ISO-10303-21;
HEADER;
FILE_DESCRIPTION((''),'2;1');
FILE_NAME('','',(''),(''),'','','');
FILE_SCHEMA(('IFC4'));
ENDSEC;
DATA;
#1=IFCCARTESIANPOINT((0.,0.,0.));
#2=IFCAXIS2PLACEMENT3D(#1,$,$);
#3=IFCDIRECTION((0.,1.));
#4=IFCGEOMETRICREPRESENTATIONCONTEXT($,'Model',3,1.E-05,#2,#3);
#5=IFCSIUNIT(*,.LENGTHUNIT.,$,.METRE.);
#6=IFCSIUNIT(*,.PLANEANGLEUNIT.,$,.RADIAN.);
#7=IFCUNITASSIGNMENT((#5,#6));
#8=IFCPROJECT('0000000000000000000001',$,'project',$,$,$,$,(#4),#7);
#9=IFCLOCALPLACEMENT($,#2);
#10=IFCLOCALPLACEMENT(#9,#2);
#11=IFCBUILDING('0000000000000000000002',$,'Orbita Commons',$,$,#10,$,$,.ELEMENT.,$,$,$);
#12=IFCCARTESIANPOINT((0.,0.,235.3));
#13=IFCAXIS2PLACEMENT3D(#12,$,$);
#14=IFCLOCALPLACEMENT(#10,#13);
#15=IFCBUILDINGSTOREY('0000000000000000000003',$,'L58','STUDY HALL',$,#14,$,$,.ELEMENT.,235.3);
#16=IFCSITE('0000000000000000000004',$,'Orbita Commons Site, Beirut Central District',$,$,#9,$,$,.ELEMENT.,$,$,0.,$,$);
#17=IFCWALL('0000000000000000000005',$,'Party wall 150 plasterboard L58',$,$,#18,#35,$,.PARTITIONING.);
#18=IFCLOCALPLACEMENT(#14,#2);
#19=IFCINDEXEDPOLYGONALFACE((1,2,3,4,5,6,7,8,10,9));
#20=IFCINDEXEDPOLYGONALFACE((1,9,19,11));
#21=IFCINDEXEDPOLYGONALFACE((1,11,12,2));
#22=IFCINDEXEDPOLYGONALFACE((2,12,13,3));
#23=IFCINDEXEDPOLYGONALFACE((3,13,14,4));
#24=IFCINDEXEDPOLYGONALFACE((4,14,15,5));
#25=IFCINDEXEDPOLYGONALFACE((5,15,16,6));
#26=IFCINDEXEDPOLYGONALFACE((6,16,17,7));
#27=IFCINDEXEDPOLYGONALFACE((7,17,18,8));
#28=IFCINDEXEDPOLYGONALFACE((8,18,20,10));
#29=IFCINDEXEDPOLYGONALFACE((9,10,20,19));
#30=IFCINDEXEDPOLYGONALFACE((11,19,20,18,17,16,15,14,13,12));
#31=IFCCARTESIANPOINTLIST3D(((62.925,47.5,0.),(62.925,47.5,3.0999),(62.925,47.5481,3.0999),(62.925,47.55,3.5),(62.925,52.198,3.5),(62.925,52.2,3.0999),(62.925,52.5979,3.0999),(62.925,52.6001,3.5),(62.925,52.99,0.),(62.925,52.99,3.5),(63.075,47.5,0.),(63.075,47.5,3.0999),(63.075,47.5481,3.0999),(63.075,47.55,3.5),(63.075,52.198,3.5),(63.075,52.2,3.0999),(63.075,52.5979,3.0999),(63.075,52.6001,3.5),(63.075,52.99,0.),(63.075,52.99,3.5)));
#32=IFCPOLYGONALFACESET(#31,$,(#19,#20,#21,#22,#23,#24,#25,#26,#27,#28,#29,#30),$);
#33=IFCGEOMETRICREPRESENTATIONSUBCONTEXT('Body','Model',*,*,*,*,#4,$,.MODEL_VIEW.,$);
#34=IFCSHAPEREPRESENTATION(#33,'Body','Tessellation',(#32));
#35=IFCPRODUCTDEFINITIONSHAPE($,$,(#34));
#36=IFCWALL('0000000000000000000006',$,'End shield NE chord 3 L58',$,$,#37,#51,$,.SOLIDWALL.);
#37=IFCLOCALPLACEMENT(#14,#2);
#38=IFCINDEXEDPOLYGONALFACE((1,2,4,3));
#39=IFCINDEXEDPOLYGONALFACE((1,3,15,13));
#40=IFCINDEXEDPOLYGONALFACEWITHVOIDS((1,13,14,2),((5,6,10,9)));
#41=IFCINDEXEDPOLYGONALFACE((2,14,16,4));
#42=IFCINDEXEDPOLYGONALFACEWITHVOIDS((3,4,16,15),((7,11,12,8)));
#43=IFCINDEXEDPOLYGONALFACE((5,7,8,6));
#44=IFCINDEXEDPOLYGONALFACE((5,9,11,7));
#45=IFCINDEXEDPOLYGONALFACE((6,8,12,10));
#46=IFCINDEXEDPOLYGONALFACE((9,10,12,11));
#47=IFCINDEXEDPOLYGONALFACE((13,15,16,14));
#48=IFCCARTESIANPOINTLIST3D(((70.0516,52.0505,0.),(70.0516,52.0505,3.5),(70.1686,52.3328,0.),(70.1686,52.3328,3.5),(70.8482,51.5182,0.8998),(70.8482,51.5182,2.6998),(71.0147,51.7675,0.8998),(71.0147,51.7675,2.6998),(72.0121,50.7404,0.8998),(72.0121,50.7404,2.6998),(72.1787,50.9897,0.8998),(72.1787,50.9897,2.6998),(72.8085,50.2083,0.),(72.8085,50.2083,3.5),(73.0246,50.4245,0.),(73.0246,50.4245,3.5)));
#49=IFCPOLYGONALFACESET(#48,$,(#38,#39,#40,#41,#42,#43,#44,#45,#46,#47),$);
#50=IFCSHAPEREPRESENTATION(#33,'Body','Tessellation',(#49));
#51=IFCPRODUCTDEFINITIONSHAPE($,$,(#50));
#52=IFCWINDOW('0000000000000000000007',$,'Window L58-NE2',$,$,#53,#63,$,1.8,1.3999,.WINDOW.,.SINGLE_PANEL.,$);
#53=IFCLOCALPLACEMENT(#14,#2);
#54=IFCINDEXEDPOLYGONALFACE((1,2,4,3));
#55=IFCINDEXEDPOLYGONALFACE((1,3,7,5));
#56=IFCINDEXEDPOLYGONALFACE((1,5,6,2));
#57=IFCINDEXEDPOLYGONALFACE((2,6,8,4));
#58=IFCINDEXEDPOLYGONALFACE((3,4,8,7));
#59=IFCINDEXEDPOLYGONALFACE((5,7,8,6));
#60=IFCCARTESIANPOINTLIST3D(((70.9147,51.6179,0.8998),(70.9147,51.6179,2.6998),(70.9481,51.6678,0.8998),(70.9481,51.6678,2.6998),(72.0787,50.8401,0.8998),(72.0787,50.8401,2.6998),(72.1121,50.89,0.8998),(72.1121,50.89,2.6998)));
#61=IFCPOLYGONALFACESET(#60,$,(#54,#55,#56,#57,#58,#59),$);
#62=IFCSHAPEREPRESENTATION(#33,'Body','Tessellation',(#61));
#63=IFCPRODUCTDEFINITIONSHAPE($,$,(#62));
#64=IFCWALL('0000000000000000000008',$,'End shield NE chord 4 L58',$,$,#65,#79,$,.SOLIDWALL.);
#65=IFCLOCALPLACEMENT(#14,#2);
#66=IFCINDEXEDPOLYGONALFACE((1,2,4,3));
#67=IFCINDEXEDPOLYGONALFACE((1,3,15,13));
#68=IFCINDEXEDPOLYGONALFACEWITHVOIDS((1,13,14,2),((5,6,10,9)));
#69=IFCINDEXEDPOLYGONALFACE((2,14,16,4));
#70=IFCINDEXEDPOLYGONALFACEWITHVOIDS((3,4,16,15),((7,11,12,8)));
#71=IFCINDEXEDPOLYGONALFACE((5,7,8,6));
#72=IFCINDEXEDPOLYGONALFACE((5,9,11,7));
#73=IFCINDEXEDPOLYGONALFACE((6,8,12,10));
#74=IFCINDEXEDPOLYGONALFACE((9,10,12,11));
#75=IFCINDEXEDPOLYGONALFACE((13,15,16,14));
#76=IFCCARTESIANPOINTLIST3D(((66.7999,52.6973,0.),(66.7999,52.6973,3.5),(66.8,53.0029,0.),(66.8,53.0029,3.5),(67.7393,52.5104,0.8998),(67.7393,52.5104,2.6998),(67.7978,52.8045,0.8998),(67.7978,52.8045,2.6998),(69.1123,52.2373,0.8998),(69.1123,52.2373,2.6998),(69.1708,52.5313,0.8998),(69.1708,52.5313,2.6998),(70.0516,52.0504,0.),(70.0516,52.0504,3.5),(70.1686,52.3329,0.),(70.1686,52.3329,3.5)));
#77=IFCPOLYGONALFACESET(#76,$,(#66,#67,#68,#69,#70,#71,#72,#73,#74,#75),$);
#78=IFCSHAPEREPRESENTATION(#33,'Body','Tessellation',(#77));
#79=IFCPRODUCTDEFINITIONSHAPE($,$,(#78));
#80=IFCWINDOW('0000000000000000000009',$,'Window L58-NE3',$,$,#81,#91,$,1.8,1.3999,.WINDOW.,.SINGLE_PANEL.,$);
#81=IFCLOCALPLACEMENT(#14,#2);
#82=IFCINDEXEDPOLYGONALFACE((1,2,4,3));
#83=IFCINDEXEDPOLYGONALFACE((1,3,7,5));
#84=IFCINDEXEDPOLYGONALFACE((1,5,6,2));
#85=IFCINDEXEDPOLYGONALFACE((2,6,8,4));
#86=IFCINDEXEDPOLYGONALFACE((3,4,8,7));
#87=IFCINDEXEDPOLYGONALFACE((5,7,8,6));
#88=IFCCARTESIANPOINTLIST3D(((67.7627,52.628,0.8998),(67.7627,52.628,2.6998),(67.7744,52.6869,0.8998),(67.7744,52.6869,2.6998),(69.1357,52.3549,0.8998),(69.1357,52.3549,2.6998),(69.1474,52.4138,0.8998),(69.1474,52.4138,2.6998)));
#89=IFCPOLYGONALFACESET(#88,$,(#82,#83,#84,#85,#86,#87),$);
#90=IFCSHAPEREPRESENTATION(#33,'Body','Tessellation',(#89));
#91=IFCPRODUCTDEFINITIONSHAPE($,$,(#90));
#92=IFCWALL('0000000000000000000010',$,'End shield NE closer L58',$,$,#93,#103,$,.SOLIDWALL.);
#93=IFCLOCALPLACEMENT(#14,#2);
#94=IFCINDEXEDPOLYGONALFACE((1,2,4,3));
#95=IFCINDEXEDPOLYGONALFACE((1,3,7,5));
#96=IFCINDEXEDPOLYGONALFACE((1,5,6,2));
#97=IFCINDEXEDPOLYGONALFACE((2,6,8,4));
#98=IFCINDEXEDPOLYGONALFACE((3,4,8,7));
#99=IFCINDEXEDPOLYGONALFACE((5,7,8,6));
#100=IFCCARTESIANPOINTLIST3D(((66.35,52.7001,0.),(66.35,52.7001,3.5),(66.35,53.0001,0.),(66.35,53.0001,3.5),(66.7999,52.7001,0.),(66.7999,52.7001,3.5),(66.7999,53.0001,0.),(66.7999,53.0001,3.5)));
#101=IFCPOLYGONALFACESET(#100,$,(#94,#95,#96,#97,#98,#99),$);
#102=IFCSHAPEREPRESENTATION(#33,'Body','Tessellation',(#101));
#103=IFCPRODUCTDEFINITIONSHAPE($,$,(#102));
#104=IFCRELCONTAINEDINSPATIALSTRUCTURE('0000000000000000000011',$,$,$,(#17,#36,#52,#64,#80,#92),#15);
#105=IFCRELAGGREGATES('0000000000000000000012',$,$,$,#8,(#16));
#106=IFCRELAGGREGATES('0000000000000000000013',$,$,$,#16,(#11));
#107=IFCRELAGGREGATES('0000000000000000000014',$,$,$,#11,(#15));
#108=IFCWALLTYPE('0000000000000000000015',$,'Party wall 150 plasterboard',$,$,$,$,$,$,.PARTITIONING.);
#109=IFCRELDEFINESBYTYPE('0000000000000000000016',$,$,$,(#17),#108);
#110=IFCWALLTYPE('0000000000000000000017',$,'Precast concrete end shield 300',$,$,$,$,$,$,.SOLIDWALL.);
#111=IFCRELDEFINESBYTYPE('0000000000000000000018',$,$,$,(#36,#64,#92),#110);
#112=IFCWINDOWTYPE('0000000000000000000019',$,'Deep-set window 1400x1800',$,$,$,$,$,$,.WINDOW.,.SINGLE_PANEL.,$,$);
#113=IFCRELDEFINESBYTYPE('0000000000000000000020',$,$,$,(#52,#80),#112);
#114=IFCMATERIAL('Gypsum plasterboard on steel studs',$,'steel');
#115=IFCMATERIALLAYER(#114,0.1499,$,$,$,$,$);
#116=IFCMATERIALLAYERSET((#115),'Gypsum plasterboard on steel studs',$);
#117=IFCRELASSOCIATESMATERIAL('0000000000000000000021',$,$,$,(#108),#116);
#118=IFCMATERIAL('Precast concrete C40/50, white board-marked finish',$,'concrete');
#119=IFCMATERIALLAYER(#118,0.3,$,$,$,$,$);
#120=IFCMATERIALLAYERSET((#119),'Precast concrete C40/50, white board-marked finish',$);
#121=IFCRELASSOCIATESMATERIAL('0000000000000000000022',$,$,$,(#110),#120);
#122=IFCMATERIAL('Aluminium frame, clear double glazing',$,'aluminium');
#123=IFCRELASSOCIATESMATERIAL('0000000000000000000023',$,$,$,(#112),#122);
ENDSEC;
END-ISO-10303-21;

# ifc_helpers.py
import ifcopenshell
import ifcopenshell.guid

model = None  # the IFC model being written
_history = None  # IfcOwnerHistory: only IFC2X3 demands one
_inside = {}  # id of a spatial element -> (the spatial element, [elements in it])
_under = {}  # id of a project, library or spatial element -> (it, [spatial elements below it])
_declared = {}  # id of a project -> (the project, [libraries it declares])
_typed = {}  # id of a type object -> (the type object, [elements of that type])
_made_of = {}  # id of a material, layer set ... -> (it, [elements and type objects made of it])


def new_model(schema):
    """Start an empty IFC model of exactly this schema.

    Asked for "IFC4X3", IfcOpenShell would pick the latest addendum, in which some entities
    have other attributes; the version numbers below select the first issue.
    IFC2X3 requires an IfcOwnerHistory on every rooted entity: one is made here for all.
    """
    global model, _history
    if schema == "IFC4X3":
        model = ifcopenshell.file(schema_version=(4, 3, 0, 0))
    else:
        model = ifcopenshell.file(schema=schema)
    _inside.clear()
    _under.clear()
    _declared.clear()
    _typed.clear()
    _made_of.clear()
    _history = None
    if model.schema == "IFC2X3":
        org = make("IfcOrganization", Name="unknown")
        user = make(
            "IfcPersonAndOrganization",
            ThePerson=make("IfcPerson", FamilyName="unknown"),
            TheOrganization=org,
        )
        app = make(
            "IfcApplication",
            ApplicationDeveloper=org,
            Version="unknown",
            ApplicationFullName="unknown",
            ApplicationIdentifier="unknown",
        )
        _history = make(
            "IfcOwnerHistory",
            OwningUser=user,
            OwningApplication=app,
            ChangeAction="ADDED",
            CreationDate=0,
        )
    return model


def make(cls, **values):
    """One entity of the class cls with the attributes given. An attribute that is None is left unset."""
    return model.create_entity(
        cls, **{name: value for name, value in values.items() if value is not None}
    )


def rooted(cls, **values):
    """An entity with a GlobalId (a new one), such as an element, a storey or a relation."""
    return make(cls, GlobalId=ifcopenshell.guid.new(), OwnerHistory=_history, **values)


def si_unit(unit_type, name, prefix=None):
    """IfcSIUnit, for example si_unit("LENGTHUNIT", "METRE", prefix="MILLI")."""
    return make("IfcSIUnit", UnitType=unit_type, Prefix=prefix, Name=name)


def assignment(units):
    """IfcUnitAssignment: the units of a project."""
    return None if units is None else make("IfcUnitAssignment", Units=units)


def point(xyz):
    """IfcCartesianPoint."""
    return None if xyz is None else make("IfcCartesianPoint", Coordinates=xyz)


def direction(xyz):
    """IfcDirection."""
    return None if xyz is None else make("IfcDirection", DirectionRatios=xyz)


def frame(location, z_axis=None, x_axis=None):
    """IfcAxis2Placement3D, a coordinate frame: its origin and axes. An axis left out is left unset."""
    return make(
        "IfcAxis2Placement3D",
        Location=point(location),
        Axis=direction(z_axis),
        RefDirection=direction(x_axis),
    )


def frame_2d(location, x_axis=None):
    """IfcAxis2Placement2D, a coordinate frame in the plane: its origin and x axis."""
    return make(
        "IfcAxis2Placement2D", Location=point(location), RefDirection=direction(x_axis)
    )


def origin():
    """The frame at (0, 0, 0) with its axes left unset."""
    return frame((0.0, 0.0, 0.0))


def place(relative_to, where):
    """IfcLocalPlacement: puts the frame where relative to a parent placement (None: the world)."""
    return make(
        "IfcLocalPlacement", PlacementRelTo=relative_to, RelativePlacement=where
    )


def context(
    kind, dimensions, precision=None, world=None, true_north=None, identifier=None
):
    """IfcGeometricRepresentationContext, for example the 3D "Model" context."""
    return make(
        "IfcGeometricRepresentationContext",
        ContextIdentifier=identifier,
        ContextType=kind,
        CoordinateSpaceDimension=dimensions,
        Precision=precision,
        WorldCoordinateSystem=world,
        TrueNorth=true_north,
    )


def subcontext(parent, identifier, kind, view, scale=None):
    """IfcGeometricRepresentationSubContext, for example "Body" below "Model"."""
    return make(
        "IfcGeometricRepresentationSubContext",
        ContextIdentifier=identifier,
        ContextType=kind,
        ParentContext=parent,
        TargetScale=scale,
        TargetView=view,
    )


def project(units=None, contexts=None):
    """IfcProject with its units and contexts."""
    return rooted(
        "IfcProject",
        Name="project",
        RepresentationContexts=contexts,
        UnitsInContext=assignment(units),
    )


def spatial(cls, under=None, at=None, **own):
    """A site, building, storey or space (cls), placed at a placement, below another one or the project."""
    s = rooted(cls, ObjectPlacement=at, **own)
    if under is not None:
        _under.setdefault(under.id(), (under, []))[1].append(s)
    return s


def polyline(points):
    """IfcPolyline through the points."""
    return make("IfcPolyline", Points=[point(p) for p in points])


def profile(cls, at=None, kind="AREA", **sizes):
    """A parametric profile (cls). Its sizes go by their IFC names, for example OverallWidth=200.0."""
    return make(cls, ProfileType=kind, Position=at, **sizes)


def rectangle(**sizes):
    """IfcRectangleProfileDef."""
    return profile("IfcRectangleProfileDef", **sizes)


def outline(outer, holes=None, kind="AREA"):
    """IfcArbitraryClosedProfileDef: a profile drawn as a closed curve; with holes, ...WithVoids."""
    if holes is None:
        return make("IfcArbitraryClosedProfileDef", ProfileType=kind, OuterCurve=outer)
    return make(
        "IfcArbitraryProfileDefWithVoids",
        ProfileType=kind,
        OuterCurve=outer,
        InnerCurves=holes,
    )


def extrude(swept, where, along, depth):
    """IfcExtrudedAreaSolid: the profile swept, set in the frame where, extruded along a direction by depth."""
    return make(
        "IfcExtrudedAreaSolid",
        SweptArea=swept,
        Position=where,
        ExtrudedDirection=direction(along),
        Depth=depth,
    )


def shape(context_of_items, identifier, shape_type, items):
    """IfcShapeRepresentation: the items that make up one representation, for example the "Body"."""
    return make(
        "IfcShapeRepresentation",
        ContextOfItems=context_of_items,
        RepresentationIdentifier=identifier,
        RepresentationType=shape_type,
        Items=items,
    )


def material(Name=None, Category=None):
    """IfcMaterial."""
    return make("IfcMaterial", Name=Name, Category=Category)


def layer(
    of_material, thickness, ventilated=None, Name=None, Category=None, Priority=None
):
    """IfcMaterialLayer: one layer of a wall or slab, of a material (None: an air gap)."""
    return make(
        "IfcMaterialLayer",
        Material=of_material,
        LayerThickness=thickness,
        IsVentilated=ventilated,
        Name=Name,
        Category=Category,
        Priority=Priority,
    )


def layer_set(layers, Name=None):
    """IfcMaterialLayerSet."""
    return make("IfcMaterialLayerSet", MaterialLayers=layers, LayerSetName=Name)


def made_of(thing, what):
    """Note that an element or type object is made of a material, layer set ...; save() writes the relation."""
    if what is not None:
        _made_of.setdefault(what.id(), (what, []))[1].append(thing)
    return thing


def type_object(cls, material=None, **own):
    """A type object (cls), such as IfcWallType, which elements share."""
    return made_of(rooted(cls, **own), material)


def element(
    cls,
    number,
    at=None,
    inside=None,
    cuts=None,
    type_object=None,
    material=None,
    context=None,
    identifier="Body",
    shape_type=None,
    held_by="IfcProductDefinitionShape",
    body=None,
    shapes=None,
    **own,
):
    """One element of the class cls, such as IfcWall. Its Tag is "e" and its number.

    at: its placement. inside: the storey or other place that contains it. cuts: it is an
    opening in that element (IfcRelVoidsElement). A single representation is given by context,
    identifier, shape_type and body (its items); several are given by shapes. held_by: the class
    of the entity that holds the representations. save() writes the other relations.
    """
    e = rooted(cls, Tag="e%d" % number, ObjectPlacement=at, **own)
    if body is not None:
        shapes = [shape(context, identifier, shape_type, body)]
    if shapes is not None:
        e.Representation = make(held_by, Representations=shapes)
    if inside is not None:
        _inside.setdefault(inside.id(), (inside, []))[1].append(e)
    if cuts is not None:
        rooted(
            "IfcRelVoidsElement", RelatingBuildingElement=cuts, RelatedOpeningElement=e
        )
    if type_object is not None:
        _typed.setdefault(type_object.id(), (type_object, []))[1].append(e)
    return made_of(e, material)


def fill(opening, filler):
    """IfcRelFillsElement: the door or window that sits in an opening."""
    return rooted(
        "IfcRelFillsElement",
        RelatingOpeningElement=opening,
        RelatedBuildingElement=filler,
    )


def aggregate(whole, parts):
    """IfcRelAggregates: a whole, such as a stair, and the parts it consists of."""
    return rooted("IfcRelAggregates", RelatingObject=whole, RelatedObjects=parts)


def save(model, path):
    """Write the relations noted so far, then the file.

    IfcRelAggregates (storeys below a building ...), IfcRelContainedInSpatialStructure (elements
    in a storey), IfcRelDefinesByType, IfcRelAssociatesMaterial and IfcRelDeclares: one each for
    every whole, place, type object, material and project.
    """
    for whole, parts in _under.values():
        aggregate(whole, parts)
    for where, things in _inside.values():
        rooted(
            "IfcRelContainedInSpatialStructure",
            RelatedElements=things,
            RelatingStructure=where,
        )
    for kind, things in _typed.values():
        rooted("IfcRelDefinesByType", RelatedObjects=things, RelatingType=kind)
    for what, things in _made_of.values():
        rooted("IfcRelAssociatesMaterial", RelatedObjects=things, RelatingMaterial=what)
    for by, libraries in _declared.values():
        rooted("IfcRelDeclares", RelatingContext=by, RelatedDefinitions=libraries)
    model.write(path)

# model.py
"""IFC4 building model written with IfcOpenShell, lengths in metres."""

from ifc_helpers import new_model, si_unit, direction, frame, frame_2d, origin, place, context, subcontext, project, spatial, polyline, rectangle, outline, extrude, material, layer, layer_set, type_object, element, fill, save


model = new_model("IFC4")

# Units and contexts
model_context = context("Model", 3, precision=1e-05, world=origin(), true_north=direction((0.0, 1.0)))
body_context = subcontext(model_context, "Body", "Model", "MODEL_VIEW")
ifc_project = project(units=[si_unit("LENGTHUNIT", "METRE"), si_unit("PLANEANGLEUNIT", "RADIAN")], contexts=[model_context])

# Site, building, storey
site_placement = place(None, origin())
site = spatial("IfcSite", under=ifc_project, at=site_placement, Name="Orbita Commons Site, Beirut Central District", CompositionType="ELEMENT", RefElevation=0.0)
building_placement = place(site_placement, origin())
building = spatial("IfcBuilding", under=site, at=building_placement, Name="Orbita Commons", CompositionType="ELEMENT")
storey_placement = place(building_placement, frame((0.0, 0.0, 235.3)))
storey = spatial("IfcBuildingStorey", under=building, at=storey_placement, Name="L58", Description="STUDY HALL", CompositionType="ELEMENT", Elevation=235.3)

# Wall
ifc_material_1 = material(Name="Gypsum plasterboard on steel studs", Category="steel")
ifc_layer_1 = layer(ifc_material_1, 0.1499)
ifc_layer_set_1 = layer_set([ifc_layer_1], Name="Gypsum plasterboard on steel studs")
wall_type_1 = type_object("IfcWallType", Name="Party wall 150 plasterboard", PredefinedType="PARTITIONING", material=ifc_layer_set_1)
for number, where, z_axis, x_axis, name in (
    (1, (63.0, 52.99, 0.0), (0.0, 0.0, 1.0), (0.0, -1.0, 0.0), "Party wall 150 plasterboard L58"),
):
    element("IfcWall", number, at=place(storey_placement, frame(where, z_axis=z_axis, x_axis=x_axis)), inside=storey, type_object=wall_type_1, Name=name, PredefinedType="PARTITIONING", context=body_context, shape_type="SweptSolid", body=[
        extrude(outline(polyline([(0.0, 0.0), (5.49, 0.0), (5.49, 3.0999), (5.4419, 3.0999), (5.4399, 3.5), (0.792, 3.5), (0.79, 3.0999), (0.3921, 3.0999), (0.3899, 3.5), (0.0, 3.5), (0.0, 0.0)])), frame((0.0, 0.075, 0.0), z_axis=(0.0, -1.0, 0.0), x_axis=(1.0, 0.0, 0.0)), (0.0, 0.0, 1.0), 0.1499),
    ])

# Walls, openings, windows
ifc_material_2 = material(Name="Precast concrete C40/50, white board-marked finish", Category="concrete")
ifc_layer_2 = layer(ifc_material_2, 0.3)
ifc_layer_set_2 = layer_set([ifc_layer_2], Name="Precast concrete C40/50, white board-marked finish")
wall_type_2 = type_object("IfcWallType", Name="Precast concrete end shield 300", PredefinedType="SOLIDWALL", material=ifc_layer_set_2)
wall_1_placement = place(storey_placement, frame((72.9165, 50.3164, 0.0), z_axis=(0.0, 0.0, 1.0), x_axis=(-0.83146, 0.555585, 0.0)))
wall_1 = element("IfcWall", 2, at=wall_1_placement, inside=storey, type_object=wall_type_2, Name="End shield NE chord 3 L58", PredefinedType="SOLIDWALL", context=body_context, shape_type="SweptSolid", body=[
    extrude(outline(polyline([(-0.0298, -0.1499), (3.405, -0.1499), (3.3455, 0.1499), (0.0298, 0.1499), (-0.0298, -0.1499)])), origin(), (0.0, 0.0, 1.0), 3.5),
])
opening_1_placement = place(wall_1_placement, frame((0.9875, 0.0, 0.8999)))
opening_1 = element("IfcOpeningElement", 3, at=opening_1_placement, cuts=wall_1, PredefinedType="OPENING", context=body_context, shape_type="SweptSolid", body=[
    extrude(rectangle(XDim=1.3999, YDim=1.8, at=frame_2d((0.7, 0.8999))), frame((0.0, 0.1599, 0.0), z_axis=(0.0, -1.0, 0.0), x_axis=(1.0, 0.0, 0.0)), (0.0, 0.0, 1.0), 0.3201),
])
ifc_material_3 = material(Name="Aluminium frame, clear double glazing", Category="aluminium")
window_type = type_object("IfcWindowType", Name="Deep-set window 1400x1800", PartitioningType="SINGLE_PANEL", PredefinedType="WINDOW", material=ifc_material_3)
window_1_placement = place(opening_1_placement, origin())
window_1 = element("IfcWindow", 4, at=window_1_placement, inside=storey, type_object=window_type, Name="Window L58-NE2", OverallHeight=1.8, OverallWidth=1.3999, PartitioningType="SINGLE_PANEL", PredefinedType="WINDOW", context=body_context, shape_type="SweptSolid", body=[
    extrude(rectangle(XDim=1.3999, YDim=1.8, at=frame_2d((0.7, 0.8999))), frame((0.0, 0.03, 0.0), z_axis=(0.0, -1.0, 0.0), x_axis=(1.0, 0.0, 0.0)), (0.0, 0.0, 1.0), 0.0601),
])
fill(opening_1, window_1)
wall_2_placement = place(storey_placement, frame((70.1101, 52.1917, 0.0), z_axis=(0.0, 0.0, 1.0), x_axis=(-0.980783, 0.1951, 0.0)))
wall_2 = element("IfcWall", 5, at=wall_2_placement, inside=storey, type_object=wall_type_2, Name="End shield NE chord 4 L58", PredefinedType="SOLIDWALL", context=body_context, shape_type="SweptSolid", body=[
    extrude(outline(polyline([(-0.0298, -0.1499), (3.4048, -0.1499), (3.3452, 0.1499), (0.0298, 0.1499), (-0.0298, -0.1499)])), origin(), (0.0, 0.0, 1.0), 3.5),
])
opening_2_placement = place(wall_2_placement, frame((0.9875, 0.0, 0.8999)))
opening_2 = element("IfcOpeningElement", 6, at=opening_2_placement, cuts=wall_2, PredefinedType="OPENING", context=body_context, shape_type="SweptSolid", body=[
    extrude(rectangle(XDim=1.3999, YDim=1.8, at=frame_2d((0.7, 0.8999))), frame((0.0, 0.1599, 0.0), z_axis=(0.0, -1.0, 0.0), x_axis=(1.0, 0.0, 0.0)), (0.0, 0.0, 1.0), 0.3201),
])
window_2_placement = place(opening_2_placement, origin())
window_2 = element("IfcWindow", 7, at=window_2_placement, inside=storey, type_object=window_type, Name="Window L58-NE3", OverallHeight=1.8, OverallWidth=1.3999, PartitioningType="SINGLE_PANEL", PredefinedType="WINDOW", context=body_context, shape_type="SweptSolid", body=[
    extrude(rectangle(XDim=1.3999, YDim=1.8, at=frame_2d((0.7, 0.8999))), frame((0.0, 0.03, 0.0), z_axis=(0.0, -1.0, 0.0), x_axis=(1.0, 0.0, 0.0)), (0.0, 0.0, 1.0), 0.0601),
])
fill(opening_2, window_2)

# Wall
wall_3_placement = place(storey_placement, frame((66.8, 52.8501, 0.0), z_axis=(0.0, 0.0, 1.0), x_axis=(-1.0, 0.0, 0.0)))
element("IfcWall", 8, at=wall_3_placement, inside=storey, type_object=wall_type_2, Name="End shield NE closer L58", PredefinedType="SOLIDWALL", context=body_context, shape_type="SweptSolid", body=[
    extrude(rectangle(XDim=0.45, YDim=0.3, at=frame_2d((0.2251, 0.0))), origin(), (0.0, 0.0, 1.0), 3.5),
])

save(model, "model.ifc")
